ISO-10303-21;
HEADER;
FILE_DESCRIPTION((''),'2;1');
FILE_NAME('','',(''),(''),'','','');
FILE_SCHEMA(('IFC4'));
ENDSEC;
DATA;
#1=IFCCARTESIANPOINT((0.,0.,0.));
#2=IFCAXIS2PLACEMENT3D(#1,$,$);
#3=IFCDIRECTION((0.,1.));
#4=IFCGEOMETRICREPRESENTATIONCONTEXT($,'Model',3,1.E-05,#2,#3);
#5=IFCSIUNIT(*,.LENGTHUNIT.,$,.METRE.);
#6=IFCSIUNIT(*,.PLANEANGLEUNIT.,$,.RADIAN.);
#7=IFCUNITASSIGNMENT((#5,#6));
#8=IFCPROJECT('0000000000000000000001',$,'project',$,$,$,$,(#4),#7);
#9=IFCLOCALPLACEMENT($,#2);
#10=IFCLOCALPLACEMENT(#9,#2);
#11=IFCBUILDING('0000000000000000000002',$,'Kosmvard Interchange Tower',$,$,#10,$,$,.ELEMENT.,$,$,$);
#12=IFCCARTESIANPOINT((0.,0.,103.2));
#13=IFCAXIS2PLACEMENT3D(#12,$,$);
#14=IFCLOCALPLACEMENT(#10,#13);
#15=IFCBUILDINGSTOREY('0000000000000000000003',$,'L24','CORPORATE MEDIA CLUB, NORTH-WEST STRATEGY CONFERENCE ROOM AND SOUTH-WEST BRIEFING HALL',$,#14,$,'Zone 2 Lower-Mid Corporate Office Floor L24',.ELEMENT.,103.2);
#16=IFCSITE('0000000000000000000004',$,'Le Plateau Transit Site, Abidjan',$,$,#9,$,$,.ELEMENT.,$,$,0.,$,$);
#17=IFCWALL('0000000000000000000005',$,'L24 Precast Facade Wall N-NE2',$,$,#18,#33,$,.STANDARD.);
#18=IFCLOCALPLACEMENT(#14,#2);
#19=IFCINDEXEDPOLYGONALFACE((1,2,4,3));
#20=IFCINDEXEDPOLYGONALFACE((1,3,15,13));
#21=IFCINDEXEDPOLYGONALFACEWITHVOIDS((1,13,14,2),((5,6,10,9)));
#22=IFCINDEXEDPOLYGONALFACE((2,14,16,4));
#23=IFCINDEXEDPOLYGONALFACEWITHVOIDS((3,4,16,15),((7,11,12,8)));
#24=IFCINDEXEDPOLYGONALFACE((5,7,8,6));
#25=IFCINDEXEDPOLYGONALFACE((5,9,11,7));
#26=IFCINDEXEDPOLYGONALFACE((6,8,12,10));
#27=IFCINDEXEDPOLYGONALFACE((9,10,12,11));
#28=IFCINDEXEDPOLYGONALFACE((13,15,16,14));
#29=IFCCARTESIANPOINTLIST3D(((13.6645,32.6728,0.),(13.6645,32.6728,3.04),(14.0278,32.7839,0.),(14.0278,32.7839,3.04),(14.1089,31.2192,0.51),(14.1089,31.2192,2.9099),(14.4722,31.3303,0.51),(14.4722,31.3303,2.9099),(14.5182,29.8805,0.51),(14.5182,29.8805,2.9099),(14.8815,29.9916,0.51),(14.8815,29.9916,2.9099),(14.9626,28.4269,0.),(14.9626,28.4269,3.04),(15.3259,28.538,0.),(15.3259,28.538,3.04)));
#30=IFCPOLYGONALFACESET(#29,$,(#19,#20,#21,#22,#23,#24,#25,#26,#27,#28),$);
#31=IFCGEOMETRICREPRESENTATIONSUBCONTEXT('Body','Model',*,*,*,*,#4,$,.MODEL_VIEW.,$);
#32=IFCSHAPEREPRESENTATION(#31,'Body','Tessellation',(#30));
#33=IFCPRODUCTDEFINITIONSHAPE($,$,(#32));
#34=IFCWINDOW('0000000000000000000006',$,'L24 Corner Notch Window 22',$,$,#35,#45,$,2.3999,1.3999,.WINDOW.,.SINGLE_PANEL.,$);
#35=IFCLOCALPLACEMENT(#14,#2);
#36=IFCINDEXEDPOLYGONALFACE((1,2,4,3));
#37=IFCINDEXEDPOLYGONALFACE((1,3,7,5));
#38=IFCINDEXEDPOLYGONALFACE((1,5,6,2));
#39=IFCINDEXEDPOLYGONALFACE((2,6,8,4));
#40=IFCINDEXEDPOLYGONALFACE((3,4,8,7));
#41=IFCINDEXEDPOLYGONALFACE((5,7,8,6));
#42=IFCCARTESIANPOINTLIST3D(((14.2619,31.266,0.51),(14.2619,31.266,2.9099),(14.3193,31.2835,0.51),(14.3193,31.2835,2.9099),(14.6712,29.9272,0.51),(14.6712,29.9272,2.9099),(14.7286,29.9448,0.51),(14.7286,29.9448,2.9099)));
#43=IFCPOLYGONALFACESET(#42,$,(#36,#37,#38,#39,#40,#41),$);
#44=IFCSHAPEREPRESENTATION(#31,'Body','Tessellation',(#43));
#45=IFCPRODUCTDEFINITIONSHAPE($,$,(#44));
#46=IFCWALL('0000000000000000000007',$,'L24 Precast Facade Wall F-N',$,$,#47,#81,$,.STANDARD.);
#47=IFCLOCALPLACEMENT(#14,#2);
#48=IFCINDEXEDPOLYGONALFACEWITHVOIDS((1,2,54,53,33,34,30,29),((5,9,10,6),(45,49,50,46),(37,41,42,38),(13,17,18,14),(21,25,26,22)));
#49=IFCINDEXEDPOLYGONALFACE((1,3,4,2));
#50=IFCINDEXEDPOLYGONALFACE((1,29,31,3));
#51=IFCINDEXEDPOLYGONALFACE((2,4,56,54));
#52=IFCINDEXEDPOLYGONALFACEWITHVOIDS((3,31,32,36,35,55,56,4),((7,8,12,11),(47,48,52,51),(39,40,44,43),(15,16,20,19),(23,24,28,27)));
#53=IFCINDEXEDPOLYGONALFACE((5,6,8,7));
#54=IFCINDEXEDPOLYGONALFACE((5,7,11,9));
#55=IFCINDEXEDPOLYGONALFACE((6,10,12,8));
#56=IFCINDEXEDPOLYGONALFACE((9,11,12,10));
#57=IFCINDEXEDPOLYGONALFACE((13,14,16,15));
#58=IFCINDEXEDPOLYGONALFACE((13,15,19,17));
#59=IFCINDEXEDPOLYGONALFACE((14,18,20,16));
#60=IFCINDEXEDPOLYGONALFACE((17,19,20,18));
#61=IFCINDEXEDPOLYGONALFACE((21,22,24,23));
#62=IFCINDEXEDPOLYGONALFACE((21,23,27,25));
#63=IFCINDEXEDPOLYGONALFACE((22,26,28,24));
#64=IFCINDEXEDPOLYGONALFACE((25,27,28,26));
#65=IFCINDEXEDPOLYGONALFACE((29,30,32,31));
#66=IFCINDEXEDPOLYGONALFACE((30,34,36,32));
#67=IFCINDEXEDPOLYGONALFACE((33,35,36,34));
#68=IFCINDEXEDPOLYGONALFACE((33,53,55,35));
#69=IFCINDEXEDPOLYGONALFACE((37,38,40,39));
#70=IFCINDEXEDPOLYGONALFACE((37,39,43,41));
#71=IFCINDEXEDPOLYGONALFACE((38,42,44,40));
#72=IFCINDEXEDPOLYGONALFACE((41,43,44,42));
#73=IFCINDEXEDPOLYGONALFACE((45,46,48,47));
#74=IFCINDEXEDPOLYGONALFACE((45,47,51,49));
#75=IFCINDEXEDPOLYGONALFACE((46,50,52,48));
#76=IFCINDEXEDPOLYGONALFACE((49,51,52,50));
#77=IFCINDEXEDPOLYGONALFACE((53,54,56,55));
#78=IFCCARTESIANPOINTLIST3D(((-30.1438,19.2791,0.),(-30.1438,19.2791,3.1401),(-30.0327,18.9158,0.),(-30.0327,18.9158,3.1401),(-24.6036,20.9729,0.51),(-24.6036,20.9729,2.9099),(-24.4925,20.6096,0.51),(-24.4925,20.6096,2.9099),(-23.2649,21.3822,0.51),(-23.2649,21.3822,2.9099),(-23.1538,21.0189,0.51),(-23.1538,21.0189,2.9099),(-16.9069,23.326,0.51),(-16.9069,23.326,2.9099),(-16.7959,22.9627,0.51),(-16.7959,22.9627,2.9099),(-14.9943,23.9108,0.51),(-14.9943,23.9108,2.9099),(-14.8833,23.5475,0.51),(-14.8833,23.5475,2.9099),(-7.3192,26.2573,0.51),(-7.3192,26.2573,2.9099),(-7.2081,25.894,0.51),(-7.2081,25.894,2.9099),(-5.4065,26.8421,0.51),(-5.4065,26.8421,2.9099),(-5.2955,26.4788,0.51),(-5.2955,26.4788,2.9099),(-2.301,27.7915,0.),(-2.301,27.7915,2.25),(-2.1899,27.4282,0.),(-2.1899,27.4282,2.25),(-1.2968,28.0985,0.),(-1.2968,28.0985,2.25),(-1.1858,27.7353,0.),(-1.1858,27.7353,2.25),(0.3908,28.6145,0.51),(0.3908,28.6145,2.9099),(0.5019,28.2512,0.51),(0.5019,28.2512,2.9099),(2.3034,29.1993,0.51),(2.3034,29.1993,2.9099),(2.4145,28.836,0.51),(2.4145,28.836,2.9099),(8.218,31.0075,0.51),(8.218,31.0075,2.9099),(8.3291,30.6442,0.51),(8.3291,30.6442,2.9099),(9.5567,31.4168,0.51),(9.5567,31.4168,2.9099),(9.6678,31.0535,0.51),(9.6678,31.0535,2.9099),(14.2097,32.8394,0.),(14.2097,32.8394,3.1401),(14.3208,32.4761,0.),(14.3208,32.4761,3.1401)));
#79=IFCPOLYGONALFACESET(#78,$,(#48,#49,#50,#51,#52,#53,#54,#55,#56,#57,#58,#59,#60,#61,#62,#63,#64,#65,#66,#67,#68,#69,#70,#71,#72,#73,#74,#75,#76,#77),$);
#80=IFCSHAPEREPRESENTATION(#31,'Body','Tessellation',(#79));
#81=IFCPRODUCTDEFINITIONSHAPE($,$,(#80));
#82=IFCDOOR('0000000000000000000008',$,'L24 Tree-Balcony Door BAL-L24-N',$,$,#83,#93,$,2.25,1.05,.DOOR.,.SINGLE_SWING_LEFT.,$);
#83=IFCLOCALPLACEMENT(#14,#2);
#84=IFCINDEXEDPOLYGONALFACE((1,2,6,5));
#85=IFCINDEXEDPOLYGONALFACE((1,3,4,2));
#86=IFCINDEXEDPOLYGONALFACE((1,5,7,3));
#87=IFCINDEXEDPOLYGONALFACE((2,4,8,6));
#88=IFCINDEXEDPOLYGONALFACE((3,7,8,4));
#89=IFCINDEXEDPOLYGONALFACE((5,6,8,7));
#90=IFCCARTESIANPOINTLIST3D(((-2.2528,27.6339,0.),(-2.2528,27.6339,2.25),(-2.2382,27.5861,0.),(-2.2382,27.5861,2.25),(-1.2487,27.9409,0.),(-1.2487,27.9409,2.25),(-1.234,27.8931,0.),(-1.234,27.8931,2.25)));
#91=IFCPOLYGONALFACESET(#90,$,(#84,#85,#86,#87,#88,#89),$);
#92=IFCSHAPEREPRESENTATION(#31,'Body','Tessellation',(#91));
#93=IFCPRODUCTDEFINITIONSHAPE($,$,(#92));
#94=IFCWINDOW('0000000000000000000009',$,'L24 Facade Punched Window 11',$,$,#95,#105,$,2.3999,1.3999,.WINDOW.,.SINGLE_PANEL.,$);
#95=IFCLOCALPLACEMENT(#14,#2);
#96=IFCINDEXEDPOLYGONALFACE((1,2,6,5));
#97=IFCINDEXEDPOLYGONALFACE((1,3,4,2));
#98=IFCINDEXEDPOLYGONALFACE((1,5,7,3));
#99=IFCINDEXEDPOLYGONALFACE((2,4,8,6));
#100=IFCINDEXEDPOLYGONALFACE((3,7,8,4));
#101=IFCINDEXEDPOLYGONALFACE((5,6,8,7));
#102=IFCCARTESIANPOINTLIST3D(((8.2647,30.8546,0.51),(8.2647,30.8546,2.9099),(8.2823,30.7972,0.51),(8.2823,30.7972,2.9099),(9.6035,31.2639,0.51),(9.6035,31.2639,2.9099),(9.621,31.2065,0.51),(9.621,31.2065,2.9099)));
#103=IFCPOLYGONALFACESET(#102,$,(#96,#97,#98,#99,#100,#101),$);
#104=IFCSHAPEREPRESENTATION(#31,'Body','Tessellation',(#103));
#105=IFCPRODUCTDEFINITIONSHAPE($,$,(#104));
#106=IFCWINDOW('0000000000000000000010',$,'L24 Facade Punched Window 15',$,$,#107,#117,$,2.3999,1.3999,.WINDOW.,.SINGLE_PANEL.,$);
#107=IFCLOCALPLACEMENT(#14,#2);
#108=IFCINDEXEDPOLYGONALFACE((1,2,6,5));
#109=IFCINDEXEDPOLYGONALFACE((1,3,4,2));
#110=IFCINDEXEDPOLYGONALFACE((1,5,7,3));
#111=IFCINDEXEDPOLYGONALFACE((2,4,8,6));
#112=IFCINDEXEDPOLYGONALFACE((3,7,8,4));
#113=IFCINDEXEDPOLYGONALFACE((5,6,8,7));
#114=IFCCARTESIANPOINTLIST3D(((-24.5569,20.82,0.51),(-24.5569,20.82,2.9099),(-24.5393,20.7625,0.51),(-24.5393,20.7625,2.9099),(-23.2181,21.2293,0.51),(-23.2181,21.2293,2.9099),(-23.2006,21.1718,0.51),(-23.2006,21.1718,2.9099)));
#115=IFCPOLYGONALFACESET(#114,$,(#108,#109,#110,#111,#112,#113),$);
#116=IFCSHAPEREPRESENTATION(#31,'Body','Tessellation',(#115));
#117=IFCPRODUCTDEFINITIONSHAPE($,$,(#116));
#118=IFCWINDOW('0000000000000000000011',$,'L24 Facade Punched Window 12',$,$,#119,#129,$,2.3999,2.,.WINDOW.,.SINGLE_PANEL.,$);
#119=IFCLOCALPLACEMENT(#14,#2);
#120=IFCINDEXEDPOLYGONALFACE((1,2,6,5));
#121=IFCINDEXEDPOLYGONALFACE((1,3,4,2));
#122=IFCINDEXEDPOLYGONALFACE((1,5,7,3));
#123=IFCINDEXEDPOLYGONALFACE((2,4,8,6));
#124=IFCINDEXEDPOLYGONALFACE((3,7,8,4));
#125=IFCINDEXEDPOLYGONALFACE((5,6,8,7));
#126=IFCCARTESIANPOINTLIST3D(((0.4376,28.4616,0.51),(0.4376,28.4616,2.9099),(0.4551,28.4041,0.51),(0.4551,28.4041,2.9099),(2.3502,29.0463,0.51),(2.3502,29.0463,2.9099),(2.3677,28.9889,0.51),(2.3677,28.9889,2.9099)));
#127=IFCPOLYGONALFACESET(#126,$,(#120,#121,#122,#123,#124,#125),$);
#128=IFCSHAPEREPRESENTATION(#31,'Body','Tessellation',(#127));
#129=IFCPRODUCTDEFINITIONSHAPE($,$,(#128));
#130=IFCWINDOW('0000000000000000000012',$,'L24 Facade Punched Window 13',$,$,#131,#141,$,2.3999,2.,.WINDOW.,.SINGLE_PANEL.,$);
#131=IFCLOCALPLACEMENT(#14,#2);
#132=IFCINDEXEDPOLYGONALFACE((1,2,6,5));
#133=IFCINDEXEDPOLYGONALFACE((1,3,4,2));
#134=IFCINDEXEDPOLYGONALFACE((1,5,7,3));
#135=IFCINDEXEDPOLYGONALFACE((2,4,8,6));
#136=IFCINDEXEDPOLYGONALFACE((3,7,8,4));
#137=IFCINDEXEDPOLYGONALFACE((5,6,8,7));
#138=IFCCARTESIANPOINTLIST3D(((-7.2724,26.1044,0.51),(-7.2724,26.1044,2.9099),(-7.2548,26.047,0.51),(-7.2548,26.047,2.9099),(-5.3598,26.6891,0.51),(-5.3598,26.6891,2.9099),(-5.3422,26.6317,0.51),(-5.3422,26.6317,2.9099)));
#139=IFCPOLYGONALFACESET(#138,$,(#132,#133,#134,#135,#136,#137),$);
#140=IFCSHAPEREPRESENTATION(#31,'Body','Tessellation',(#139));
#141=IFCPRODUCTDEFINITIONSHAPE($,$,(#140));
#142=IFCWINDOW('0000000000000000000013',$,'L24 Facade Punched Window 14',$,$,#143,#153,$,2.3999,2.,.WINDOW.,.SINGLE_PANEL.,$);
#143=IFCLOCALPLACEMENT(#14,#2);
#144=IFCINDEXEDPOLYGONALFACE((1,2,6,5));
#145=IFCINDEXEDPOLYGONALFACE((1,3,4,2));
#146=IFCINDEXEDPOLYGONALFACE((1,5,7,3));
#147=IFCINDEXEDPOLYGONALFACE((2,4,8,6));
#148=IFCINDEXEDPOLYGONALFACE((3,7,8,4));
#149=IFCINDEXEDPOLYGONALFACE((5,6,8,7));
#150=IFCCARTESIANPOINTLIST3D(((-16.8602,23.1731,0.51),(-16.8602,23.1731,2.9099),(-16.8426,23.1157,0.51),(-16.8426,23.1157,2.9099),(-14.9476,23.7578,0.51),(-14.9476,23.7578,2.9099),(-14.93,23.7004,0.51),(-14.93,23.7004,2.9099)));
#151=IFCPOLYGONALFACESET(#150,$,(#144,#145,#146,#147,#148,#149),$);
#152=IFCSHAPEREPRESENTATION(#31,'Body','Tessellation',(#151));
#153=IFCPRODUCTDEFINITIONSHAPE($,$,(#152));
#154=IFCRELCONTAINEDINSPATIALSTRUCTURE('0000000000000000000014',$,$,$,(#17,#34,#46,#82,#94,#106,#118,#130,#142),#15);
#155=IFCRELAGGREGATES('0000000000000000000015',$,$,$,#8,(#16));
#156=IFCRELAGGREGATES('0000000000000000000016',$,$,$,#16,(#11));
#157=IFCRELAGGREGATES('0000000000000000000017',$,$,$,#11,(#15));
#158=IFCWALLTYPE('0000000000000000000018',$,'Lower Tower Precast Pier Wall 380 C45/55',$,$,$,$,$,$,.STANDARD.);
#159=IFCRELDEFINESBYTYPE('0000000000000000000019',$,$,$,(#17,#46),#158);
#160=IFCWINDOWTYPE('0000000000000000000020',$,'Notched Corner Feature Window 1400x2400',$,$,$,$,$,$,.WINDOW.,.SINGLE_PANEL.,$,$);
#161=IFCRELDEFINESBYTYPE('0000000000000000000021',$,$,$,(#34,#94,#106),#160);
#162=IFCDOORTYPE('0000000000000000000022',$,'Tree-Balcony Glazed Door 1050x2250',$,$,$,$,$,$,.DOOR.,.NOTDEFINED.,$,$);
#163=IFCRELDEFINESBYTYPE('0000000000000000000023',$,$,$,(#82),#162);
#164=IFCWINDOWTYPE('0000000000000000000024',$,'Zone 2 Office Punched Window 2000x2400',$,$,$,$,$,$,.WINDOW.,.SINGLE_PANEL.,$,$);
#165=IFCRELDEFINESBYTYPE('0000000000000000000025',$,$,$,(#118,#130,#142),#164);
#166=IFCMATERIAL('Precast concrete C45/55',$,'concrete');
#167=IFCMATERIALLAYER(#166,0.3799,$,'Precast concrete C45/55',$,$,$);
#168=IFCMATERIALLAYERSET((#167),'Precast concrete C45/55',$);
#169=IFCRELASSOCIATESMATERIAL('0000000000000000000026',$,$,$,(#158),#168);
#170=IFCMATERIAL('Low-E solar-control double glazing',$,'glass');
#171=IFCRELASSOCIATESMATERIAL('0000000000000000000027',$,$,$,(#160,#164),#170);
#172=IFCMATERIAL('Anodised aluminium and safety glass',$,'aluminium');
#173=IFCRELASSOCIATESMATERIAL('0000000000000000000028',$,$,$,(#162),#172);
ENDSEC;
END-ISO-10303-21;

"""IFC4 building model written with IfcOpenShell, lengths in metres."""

from ifc_helpers import new_model, si_unit, direction, frame, frame_2d, origin, place, context, subcontext, project, spatial, rectangle, extrude, source, transform, mapped, material, layer, layer_set, type_object, element, fill, save


model = new_model("IFC4")

# Units and contexts
model_context = context("Model", 3, precision=1e-05, world=origin(), true_north=direction((0.0, 1.0)))
body_context = subcontext(model_context, "Body", "Model", "MODEL_VIEW")
ifc_project = project(units=[si_unit("LENGTHUNIT", "METRE"), si_unit("PLANEANGLEUNIT", "RADIAN")], contexts=[model_context])

# Site, building, storey
site_placement = place(None, origin())
site = spatial("IfcSite", under=ifc_project, at=site_placement, Name="Le Plateau Transit Site, Abidjan", CompositionType="ELEMENT", RefElevation=0.0)
building_placement = place(site_placement, origin())
building = spatial("IfcBuilding", under=site, at=building_placement, Name="Kosmvard Interchange Tower", CompositionType="ELEMENT")
storey_placement = place(building_placement, frame((0.0, 0.0, 103.2)))
storey = spatial("IfcBuildingStorey", under=building, at=storey_placement, Name="L24", Description="CORPORATE MEDIA CLUB, NORTH-WEST STRATEGY CONFERENCE ROOM AND SOUTH-WEST BRIEFING HALL", LongName="Zone 2 Lower-Mid Corporate Office Floor L24", CompositionType="ELEMENT", Elevation=103.2)

# Shared definitions
ifc_material_1 = material(Name="Precast concrete C45/55", Category="concrete")

# Shared definitions
ifc_layer_1 = layer(ifc_material_1, 0.3799, Name="Precast concrete C45/55")
ifc_layer_set_1 = layer_set([ifc_layer_1], Name="Precast concrete C45/55")
wall_type = type_object("IfcWallType", Name="Lower Tower Precast Pier Wall 380 C45/55", PredefinedType="STANDARD", material=ifc_layer_set_1)

# Wall, opening, window
wall_1_placement = place(storey_placement, frame((15.1443, 28.4824, 0.0), z_axis=(0.0, 0.0, 1.0), x_axis=(-0.292374, 0.956304, 0.0)))
wall_1 = element("IfcWall", 1, at=wall_1_placement, inside=storey, type_object=wall_type, Name="L24 Precast Facade Wall N-NE2", PredefinedType="STANDARD", context=body_context, shape_type="SweptSolid", body=[
    extrude(rectangle(XDim=4.4399, YDim=0.3799, at=frame_2d((2.22, 0.0))), origin(), (0.0, 0.0, 1.0), 3.04),
])
opening_1_placement = place(wall_1_placement, frame((1.52, 0.0, 0.51)))
opening_1 = element("IfcOpeningElement", 2, at=opening_1_placement, cuts=wall_1, PredefinedType="OPENING", context=body_context, shape_type="SweptSolid", body=[
    extrude(rectangle(XDim=1.3999, YDim=2.3999, at=frame_2d((0.7, 1.2))), frame((0.0, 0.2, 0.0), z_axis=(0.0, -1.0, 0.0), x_axis=(1.0, 0.0, 0.0)), (0.0, 0.0, 1.0), 0.3999),
])
ifc_material_2 = material(Name="Low-E solar-control double glazing", Category="glass")
window_type_1 = type_object("IfcWindowType", Name="Notched Corner Feature Window 1400x2400", PartitioningType="SINGLE_PANEL", PredefinedType="WINDOW", material=ifc_material_2)
shared_shape_1 = source(origin(), body_context, "Body", "SweptSolid", [
    extrude(rectangle(XDim=1.3999, YDim=2.3999, at=frame_2d((0.7, 1.2))), frame((0.0, 0.03, 0.0), z_axis=(0.0, -1.0, 0.0), x_axis=(1.0, 0.0, 0.0)), (0.0, 0.0, 1.0), 0.0601),
])
window_1_placement = place(opening_1_placement, origin())
window_1 = element("IfcWindow", 3, at=window_1_placement, inside=storey, type_object=window_type_1, Name="L24 Corner Notch Window 22", OverallHeight=2.3999, OverallWidth=1.3999, PartitioningType="SINGLE_PANEL", PredefinedType="WINDOW", context=body_context, shape_type="MappedRepresentation", body=[
    mapped(shared_shape_1, transform((0.0, 0.0, 0.0), scale=1.0)),
])
fill(opening_1, window_1)

# Wall, openings, door, windows
wall_2_placement = place(storey_placement, frame((14.2651, 32.6577, 0.0), z_axis=(0.0, 0.0, 1.0), x_axis=(-0.956304, -0.292373, 0.0)))
wall_2 = element("IfcWall", 4, at=wall_2_placement, inside=storey, type_object=wall_type, Name="L24 Precast Facade Wall F-N", PredefinedType="STANDARD", context=body_context, shape_type="SweptSolid", body=[
    extrude(rectangle(XDim=46.3801, YDim=0.3799, at=frame_2d((23.1899, 0.0))), origin(), (0.0, 0.0, 1.0), 3.1401),
])
opening_2_placement = place(wall_2_placement, frame((16.2151, 0.0, 0.0)))
opening_2 = element("IfcOpeningElement", 5, at=opening_2_placement, cuts=wall_2, PredefinedType="OPENING", context=body_context, shape_type="SweptSolid", body=[
    extrude(rectangle(XDim=1.05, YDim=2.25, at=frame_2d((0.5249, 1.125))), frame((0.0, 0.2, 0.0), z_axis=(0.0, -1.0, 0.0), x_axis=(1.0, 0.0, 0.0)), (0.0, 0.0, 1.0), 0.3999),
])
opening_3_placement = place(wall_2_placement, frame((4.8655, 0.0, 0.51)))
opening_3 = element("IfcOpeningElement", 6, at=opening_3_placement, cuts=wall_2, PredefinedType="OPENING", context=body_context, shape_type="SweptSolid", body=[
    extrude(rectangle(XDim=1.3999, YDim=2.3999, at=frame_2d((0.7, 1.2))), frame((0.0, 0.2, 0.0), z_axis=(0.0, -1.0, 0.0), x_axis=(1.0, 0.0, 0.0)), (0.0, 0.0, 1.0), 0.3999),
])
opening_4_placement = place(wall_2_placement, frame((12.4502, 0.0, 0.51)))
opening_4 = element("IfcOpeningElement", 7, at=opening_4_placement, cuts=wall_2, PredefinedType="OPENING", context=body_context, shape_type="SweptSolid", body=[
    extrude(rectangle(XDim=2.0, YDim=2.3999, at=frame_2d((1.0, 1.2))), frame((0.0, 0.2, 0.0), z_axis=(0.0, -1.0, 0.0), x_axis=(1.0, 0.0, 0.0)), (0.0, 0.0, 1.0), 0.3999),
])
opening_5_placement = place(wall_2_placement, frame((20.5125, 0.0, 0.51)))
opening_5 = element("IfcOpeningElement", 8, at=opening_5_placement, cuts=wall_2, PredefinedType="OPENING", context=body_context, shape_type="SweptSolid", body=[
    extrude(rectangle(XDim=2.0, YDim=2.3999, at=frame_2d((1.0, 1.2))), frame((0.0, 0.2, 0.0), z_axis=(0.0, -1.0, 0.0), x_axis=(1.0, 0.0, 0.0)), (0.0, 0.0, 1.0), 0.3999),
])
opening_6_placement = place(wall_2_placement, frame((30.5383, 0.0, 0.51)))
opening_6 = element("IfcOpeningElement", 9, at=opening_6_placement, cuts=wall_2, PredefinedType="OPENING", context=body_context, shape_type="SweptSolid", body=[
    extrude(rectangle(XDim=2.0, YDim=2.3999, at=frame_2d((1.0, 1.2))), frame((0.0, 0.2, 0.0), z_axis=(0.0, -1.0, 0.0), x_axis=(1.0, 0.0, 0.0)), (0.0, 0.0, 1.0), 0.3999),
])
opening_7_placement = place(wall_2_placement, frame((39.1868, 0.0, 0.51)))
opening_7 = element("IfcOpeningElement", 10, at=opening_7_placement, cuts=wall_2, PredefinedType="OPENING", context=body_context, shape_type="SweptSolid", body=[
    extrude(rectangle(XDim=1.3999, YDim=2.3999, at=frame_2d((0.7, 1.2))), frame((0.0, 0.2, 0.0), z_axis=(0.0, -1.0, 0.0), x_axis=(1.0, 0.0, 0.0)), (0.0, 0.0, 1.0), 0.3999),
])
ifc_material_3 = material(Name="Anodised aluminium and safety glass", Category="aluminium")
door_type = type_object("IfcDoorType", Name="Tree-Balcony Glazed Door 1050x2250", OperationType="NOTDEFINED", PredefinedType="DOOR", material=ifc_material_3)
shared_shape_2 = source(origin(), body_context, "Body", "SweptSolid", [
    extrude(rectangle(XDim=1.05, YDim=2.25, at=frame_2d((0.5249, 1.125))), frame((0.0, 0.0249, 0.0), z_axis=(0.0, -1.0, 0.0), x_axis=(1.0, 0.0, 0.0)), (0.0, 0.0, 1.0), 0.05),
])
door_placement = place(opening_2_placement, origin())
door = element("IfcDoor", 11, at=door_placement, inside=storey, type_object=door_type, Name="L24 Tree-Balcony Door BAL-L24-N", OperationType="SINGLE_SWING_LEFT", OverallHeight=2.25, OverallWidth=1.05, PredefinedType="DOOR", context=body_context, shape_type="MappedRepresentation", body=[
    mapped(shared_shape_2, transform((0.0, 0.0, 0.0), scale=1.0)),
])
fill(opening_2, door)
window_2_placement = place(opening_3_placement, origin())
window_2 = element("IfcWindow", 12, at=window_2_placement, inside=storey, type_object=window_type_1, Name="L24 Facade Punched Window 11", OverallHeight=2.3999, OverallWidth=1.3999, PartitioningType="SINGLE_PANEL", PredefinedType="WINDOW", context=body_context, shape_type="MappedRepresentation", body=[
    mapped(shared_shape_1, transform((0.0, 0.0, 0.0), scale=1.0)),
])
fill(opening_3, window_2)
window_3_placement = place(opening_7_placement, origin())
window_3 = element("IfcWindow", 13, at=window_3_placement, inside=storey, type_object=window_type_1, Name="L24 Facade Punched Window 15", OverallHeight=2.3999, OverallWidth=1.3999, PartitioningType="SINGLE_PANEL", PredefinedType="WINDOW", context=body_context, shape_type="MappedRepresentation", body=[
    mapped(shared_shape_1, transform((0.0, 0.0, 0.0), scale=1.0)),
])
fill(opening_7, window_3)
window_type_2 = type_object("IfcWindowType", Name="Zone 2 Office Punched Window 2000x2400", PartitioningType="SINGLE_PANEL", PredefinedType="WINDOW", material=ifc_material_2)
shared_shape_3 = source(origin(), body_context, "Body", "SweptSolid", [
    extrude(rectangle(XDim=2.0, YDim=2.3999, at=frame_2d((1.0, 1.2))), frame((0.0, 0.03, 0.0), z_axis=(0.0, -1.0, 0.0), x_axis=(1.0, 0.0, 0.0)), (0.0, 0.0, 1.0), 0.0601),
])
window_4_placement = place(opening_4_placement, origin())
window_4 = element("IfcWindow", 14, at=window_4_placement, inside=storey, type_object=window_type_2, Name="L24 Facade Punched Window 12", OverallHeight=2.3999, OverallWidth=2.0, PartitioningType="SINGLE_PANEL", PredefinedType="WINDOW", context=body_context, shape_type="MappedRepresentation", body=[
    mapped(shared_shape_3, transform((0.0, 0.0, 0.0), scale=1.0)),
])
fill(opening_4, window_4)
window_5_placement = place(opening_5_placement, origin())
window_5 = element("IfcWindow", 15, at=window_5_placement, inside=storey, type_object=window_type_2, Name="L24 Facade Punched Window 13", OverallHeight=2.3999, OverallWidth=2.0, PartitioningType="SINGLE_PANEL", PredefinedType="WINDOW", context=body_context, shape_type="MappedRepresentation", body=[
    mapped(shared_shape_3, transform((0.0, 0.0, 0.0), scale=1.0)),
])
fill(opening_5, window_5)
window_6_placement = place(opening_6_placement, origin())
window_6 = element("IfcWindow", 16, at=window_6_placement, inside=storey, type_object=window_type_2, Name="L24 Facade Punched Window 14", OverallHeight=2.3999, OverallWidth=2.0, PartitioningType="SINGLE_PANEL", PredefinedType="WINDOW", context=body_context, shape_type="MappedRepresentation", body=[
    mapped(shared_shape_3, transform((0.0, 0.0, 0.0), scale=1.0)),
])
fill(opening_6, window_6)

save(model, "model.ifc")
